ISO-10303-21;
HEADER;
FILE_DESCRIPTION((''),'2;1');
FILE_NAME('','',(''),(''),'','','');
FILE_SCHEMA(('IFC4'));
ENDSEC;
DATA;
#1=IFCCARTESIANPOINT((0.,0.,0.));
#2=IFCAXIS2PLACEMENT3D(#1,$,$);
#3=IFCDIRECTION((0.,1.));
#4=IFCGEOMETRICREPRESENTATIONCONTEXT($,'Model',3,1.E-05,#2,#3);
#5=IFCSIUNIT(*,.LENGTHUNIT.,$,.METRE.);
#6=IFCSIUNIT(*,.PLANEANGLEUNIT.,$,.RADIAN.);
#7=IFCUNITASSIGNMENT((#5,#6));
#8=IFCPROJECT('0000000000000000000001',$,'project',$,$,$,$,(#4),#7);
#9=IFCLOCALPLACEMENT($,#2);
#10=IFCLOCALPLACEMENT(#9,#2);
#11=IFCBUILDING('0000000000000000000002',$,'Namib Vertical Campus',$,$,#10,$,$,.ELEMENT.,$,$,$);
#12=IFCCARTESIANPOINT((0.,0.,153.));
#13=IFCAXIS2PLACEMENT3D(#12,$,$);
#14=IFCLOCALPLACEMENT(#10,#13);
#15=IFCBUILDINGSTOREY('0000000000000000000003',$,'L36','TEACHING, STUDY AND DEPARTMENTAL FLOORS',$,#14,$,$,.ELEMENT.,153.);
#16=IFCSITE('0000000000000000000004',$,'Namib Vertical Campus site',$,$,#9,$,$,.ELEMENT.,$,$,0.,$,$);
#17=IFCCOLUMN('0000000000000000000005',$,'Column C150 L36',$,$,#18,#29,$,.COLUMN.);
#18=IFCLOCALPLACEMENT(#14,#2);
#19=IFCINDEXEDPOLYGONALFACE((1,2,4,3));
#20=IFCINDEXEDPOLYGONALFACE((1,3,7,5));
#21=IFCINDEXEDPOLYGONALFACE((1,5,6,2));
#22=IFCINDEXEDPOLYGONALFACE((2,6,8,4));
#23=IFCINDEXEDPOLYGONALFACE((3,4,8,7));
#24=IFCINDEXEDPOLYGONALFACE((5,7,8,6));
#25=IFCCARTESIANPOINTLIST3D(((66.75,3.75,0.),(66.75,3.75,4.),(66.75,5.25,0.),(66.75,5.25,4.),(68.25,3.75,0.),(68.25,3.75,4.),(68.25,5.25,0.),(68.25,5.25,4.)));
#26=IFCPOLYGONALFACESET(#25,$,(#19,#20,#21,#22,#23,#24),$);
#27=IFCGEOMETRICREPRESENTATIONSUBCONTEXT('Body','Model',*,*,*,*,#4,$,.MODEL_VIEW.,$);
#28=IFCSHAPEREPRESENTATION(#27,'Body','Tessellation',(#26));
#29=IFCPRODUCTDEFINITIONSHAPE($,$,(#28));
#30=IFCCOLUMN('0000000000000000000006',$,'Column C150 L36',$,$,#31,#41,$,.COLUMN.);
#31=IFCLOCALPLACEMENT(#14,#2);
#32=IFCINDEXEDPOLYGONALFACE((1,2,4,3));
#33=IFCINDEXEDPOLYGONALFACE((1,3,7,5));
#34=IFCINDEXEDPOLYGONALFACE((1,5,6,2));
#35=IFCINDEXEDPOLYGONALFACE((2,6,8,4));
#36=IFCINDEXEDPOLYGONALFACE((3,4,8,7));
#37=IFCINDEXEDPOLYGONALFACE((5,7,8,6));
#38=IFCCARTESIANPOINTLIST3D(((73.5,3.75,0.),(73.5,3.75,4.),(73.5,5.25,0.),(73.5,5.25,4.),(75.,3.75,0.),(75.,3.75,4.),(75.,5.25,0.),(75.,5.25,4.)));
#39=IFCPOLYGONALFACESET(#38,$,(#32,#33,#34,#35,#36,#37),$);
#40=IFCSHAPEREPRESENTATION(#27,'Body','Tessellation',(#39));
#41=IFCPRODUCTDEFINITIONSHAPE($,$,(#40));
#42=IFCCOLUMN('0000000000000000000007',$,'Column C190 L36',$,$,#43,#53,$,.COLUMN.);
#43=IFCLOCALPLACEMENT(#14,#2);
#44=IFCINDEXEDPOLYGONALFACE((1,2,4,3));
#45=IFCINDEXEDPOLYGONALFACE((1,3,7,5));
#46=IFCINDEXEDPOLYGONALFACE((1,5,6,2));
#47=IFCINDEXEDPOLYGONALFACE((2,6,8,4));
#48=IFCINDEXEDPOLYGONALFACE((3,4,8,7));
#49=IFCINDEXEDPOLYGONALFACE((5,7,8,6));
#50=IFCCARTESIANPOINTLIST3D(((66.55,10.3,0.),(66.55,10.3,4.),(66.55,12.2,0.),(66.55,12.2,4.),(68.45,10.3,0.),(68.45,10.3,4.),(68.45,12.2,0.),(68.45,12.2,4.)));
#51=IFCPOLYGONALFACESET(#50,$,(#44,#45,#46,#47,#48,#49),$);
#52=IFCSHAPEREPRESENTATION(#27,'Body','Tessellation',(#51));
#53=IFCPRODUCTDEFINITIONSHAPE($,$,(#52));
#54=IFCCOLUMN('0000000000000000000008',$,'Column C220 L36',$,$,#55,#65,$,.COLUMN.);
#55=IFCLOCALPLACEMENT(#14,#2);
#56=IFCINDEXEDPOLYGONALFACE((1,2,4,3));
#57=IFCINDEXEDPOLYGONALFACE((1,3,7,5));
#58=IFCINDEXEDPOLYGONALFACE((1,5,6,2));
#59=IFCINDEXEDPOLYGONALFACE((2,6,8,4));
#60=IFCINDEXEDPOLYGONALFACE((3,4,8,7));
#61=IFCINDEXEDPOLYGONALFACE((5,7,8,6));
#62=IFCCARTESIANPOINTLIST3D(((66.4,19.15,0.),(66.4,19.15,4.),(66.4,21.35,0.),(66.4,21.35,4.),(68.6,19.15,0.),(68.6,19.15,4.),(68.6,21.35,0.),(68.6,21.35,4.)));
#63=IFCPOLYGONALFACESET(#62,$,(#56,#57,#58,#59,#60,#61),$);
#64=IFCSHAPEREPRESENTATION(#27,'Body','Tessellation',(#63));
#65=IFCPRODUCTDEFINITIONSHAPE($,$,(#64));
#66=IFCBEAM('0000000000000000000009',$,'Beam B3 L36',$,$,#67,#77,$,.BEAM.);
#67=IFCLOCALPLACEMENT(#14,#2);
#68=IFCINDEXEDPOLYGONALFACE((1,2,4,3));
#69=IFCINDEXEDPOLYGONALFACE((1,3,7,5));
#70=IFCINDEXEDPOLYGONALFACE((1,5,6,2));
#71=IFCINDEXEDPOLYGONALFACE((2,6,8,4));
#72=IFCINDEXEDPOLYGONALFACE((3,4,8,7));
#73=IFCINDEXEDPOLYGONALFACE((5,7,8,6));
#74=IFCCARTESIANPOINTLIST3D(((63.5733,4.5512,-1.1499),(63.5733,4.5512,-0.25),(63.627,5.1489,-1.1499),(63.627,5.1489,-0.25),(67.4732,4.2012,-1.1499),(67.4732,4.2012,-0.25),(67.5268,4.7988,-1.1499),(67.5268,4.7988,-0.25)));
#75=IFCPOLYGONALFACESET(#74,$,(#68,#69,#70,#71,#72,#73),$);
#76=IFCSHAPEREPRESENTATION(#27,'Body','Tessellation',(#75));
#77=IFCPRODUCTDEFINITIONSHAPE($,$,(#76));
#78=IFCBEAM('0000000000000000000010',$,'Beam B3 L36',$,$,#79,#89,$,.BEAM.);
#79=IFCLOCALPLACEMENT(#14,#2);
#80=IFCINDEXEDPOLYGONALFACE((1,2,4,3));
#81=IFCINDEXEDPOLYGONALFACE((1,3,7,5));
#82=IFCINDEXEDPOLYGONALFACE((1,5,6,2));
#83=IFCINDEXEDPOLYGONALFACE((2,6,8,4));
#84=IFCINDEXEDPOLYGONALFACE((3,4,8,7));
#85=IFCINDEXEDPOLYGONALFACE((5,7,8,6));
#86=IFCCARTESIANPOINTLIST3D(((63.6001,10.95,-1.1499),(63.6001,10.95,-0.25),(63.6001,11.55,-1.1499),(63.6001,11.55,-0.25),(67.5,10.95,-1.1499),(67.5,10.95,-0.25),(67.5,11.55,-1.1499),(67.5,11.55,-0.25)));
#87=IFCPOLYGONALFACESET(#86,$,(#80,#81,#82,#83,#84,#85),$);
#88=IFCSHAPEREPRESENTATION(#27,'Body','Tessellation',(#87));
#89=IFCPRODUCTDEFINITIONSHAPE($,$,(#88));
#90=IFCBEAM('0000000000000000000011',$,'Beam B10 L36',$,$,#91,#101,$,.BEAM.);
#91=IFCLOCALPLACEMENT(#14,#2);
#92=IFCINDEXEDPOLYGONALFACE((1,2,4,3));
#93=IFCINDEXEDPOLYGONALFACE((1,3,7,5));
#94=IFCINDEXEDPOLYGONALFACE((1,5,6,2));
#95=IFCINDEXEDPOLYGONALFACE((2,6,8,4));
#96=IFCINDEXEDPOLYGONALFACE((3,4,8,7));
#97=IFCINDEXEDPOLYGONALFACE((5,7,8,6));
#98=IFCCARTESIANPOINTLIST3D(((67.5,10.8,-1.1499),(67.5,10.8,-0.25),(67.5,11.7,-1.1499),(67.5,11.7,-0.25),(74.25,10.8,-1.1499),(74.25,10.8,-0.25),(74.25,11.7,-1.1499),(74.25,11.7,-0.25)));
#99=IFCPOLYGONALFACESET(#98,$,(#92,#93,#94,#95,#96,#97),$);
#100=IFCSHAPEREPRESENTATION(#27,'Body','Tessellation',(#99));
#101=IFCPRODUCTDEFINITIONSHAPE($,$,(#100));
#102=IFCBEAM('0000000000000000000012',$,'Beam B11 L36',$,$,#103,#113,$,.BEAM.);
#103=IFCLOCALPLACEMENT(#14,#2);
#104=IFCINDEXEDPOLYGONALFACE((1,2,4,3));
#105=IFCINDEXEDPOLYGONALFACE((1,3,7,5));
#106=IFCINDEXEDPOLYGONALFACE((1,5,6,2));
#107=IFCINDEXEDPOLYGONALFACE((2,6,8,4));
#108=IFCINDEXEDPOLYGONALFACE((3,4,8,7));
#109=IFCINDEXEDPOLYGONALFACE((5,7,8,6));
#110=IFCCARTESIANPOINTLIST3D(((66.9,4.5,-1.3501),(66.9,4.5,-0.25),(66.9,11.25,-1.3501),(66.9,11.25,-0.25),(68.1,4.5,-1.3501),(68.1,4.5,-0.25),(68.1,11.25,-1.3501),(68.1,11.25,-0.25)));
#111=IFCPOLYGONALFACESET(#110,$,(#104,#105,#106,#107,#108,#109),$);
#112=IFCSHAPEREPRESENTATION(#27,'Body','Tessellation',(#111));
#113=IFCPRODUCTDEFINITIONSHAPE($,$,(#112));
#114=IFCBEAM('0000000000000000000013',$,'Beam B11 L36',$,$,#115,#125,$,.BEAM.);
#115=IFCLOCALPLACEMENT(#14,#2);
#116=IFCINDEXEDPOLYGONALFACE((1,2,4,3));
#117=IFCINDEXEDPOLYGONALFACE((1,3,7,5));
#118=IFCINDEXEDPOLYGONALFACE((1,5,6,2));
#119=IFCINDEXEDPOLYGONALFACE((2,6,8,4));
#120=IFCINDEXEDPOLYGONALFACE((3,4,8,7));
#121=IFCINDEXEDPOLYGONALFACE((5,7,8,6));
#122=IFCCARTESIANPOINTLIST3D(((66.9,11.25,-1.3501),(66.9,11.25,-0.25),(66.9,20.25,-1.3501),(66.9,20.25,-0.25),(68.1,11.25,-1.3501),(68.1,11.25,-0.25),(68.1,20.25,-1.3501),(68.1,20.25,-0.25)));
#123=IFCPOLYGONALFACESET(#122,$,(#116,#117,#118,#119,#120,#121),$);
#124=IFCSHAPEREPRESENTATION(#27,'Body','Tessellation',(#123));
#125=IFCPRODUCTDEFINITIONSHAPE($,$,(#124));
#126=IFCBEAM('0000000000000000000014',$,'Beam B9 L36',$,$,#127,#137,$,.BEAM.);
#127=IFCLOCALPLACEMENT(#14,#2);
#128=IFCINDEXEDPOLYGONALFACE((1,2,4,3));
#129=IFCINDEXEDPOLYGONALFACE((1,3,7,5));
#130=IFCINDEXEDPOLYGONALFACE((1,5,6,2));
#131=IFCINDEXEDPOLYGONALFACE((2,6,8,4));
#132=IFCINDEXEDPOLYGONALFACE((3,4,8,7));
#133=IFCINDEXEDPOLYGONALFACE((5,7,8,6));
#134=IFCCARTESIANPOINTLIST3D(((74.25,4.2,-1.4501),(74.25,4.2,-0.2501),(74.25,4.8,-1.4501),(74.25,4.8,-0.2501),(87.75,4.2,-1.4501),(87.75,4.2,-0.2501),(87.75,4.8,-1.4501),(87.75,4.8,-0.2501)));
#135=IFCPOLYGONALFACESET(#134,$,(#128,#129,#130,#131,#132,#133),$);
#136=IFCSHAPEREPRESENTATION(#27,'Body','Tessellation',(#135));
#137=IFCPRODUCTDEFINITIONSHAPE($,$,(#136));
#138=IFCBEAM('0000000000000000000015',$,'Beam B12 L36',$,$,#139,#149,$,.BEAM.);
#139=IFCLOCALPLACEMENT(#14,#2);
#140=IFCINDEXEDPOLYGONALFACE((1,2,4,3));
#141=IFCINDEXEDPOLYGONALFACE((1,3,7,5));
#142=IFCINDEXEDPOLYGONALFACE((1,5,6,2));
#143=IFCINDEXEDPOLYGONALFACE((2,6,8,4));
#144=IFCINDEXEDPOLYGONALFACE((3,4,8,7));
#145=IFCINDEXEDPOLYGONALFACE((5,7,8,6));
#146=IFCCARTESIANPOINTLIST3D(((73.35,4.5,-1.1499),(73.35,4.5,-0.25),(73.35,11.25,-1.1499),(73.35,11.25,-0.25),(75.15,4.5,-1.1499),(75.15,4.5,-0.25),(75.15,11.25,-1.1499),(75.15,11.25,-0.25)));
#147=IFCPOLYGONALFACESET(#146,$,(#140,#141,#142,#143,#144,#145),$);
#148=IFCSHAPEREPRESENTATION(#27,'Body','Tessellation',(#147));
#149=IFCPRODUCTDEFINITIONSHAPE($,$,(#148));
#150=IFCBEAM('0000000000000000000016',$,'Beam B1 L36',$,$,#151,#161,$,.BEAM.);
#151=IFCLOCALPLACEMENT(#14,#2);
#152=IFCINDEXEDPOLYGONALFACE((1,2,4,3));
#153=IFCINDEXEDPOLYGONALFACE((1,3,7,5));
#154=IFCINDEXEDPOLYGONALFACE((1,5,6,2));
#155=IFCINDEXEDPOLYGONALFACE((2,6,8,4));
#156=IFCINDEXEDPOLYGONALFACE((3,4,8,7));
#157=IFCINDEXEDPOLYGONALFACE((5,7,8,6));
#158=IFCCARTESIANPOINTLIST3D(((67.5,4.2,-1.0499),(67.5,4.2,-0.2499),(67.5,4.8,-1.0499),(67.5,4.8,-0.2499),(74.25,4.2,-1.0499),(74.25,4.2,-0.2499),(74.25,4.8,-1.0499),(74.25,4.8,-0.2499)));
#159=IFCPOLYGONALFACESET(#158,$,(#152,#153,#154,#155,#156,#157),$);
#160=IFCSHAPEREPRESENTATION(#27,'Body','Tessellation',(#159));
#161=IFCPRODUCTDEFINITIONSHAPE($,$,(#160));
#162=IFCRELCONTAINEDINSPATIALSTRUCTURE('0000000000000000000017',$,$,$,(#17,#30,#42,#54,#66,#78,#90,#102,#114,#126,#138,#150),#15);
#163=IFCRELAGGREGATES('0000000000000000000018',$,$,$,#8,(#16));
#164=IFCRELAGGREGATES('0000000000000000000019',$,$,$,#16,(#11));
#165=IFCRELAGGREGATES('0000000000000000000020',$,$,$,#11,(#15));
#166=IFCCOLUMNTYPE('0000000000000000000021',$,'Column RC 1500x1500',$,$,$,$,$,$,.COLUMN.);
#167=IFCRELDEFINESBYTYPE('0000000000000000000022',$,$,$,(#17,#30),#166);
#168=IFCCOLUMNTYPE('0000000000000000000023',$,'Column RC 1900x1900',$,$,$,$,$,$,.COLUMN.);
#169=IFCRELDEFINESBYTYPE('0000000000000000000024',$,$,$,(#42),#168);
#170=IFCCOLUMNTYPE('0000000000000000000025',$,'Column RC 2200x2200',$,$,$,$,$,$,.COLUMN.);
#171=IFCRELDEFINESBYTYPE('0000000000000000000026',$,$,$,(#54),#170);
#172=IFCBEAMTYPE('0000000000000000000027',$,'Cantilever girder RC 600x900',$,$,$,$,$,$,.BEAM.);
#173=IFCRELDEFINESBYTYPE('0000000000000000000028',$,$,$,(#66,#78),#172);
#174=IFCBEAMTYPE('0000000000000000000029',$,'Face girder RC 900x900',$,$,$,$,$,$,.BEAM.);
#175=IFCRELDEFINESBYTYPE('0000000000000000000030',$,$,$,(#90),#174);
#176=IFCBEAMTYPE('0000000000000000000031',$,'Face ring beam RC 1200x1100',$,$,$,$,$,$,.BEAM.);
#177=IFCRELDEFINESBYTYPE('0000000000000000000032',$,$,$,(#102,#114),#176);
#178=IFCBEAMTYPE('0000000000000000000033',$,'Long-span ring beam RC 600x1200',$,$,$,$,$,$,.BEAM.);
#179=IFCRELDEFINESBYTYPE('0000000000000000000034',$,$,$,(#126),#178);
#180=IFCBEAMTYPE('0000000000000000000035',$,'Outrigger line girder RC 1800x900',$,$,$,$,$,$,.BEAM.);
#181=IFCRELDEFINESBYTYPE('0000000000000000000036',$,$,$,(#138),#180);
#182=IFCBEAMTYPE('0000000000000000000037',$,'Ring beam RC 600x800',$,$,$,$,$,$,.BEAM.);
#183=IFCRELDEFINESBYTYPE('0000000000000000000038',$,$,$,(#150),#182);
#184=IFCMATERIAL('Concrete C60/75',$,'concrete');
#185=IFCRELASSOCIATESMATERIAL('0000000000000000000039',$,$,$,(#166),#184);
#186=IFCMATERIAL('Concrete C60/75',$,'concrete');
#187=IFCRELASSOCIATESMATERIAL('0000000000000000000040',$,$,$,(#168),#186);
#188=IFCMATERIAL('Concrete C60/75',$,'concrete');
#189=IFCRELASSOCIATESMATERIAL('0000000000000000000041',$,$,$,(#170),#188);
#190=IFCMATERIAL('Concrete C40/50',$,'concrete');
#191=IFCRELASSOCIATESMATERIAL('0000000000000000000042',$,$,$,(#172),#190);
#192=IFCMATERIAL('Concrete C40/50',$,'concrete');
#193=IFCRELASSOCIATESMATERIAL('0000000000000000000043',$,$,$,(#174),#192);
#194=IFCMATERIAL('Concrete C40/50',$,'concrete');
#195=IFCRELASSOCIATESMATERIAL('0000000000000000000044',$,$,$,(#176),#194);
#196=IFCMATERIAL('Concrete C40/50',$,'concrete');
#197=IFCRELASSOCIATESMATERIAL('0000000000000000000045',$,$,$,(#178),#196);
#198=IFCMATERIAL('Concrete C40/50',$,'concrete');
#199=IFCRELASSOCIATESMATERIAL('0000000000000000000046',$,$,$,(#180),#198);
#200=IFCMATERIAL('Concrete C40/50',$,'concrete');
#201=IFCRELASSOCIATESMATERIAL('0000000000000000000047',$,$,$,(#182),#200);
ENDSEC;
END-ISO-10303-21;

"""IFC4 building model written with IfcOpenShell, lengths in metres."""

from ifc_helpers import new_model, si_unit, direction, frame, origin, origin_2d, place, context, subcontext, project, spatial, rectangle, extrude, material, material_profile, profile_set, type_object, element, save


model = new_model("IFC4")

# Units and contexts
model_context = context("Model", 3, precision=1e-05, world=origin(), true_north=direction((0.0, 1.0)))
body_context = subcontext(model_context, "Body", "Model", "MODEL_VIEW")
ifc_project = project(units=[si_unit("LENGTHUNIT", "METRE"), si_unit("PLANEANGLEUNIT", "RADIAN")], contexts=[model_context])

# Site, building, storey
site_placement = place(None, origin())
site = spatial("IfcSite", under=ifc_project, at=site_placement, Name="Namib Vertical Campus site", CompositionType="ELEMENT", RefElevation=0.0)
building_placement = place(site_placement, origin())
building = spatial("IfcBuilding", under=site, at=building_placement, Name="Namib Vertical Campus", CompositionType="ELEMENT")
storey_placement = place(building_placement, frame((0.0, 0.0, 153.0)))
storey = spatial("IfcBuildingStorey", under=building, at=storey_placement, Name="L36", Description="TEACHING, STUDY AND DEPARTMENTAL FLOORS", CompositionType="ELEMENT", Elevation=153.0)

# Columns
ifc_material_1 = material(Name="Concrete C60/75", Category="concrete")
ifc_material_profile_1 = material_profile(ifc_material_1, rectangle(XDim=1.5, YDim=1.5, at=origin_2d()))
ifc_profile_set_1 = profile_set([ifc_material_profile_1], Name="Concrete C60/75")
column_type_1 = type_object("IfcColumnType", Name="Column RC 1500x1500", PredefinedType="COLUMN", material=ifc_profile_set_1)
for number, where, z_axis, x_axis, name in (
    (1, (67.5, 4.5, 0.0), (0.0, 0.0, 1.0), (1.0, 0.0, 0.0), "Column C150 L36"),
    (2, (74.25, 4.5, 0.0), (0.0, 0.0, 1.0), (1.0, 0.0, 0.0), "Column C150 L36"),
):
    element("IfcColumn", number, at=place(storey_placement, frame(where, z_axis=z_axis, x_axis=x_axis)), inside=storey, type_object=column_type_1, Name=name, PredefinedType="COLUMN", context=body_context, shape_type="SweptSolid", body=[
        extrude(rectangle(XDim=1.5, YDim=1.5, at=origin_2d()), origin(), (0.0, 0.0, 1.0), 4.0),
    ])
ifc_material_2 = material(Name="Concrete C60/75", Category="concrete")
ifc_material_profile_2 = material_profile(ifc_material_2, rectangle(XDim=1.8999, YDim=1.8999, at=origin_2d()))
ifc_profile_set_2 = profile_set([ifc_material_profile_2], Name="Concrete C60/75")
column_type_2 = type_object("IfcColumnType", Name="Column RC 1900x1900", PredefinedType="COLUMN", material=ifc_profile_set_2)
column_1_placement = place(storey_placement, frame((67.5, 11.25, 0.0), z_axis=(0.0, 0.0, 1.0), x_axis=(1.0, 0.0, 0.0)))
element("IfcColumn", 3, at=column_1_placement, inside=storey, type_object=column_type_2, Name="Column C190 L36", PredefinedType="COLUMN", context=body_context, shape_type="SweptSolid", body=[
    extrude(rectangle(XDim=1.8999, YDim=1.8999, at=origin_2d()), origin(), (0.0, 0.0, 1.0), 4.0),
])
ifc_material_3 = material(Name="Concrete C60/75", Category="concrete")
ifc_material_profile_3 = material_profile(ifc_material_3, rectangle(XDim=2.2, YDim=2.2, at=origin_2d()))
ifc_profile_set_3 = profile_set([ifc_material_profile_3], Name="Concrete C60/75")
column_type_3 = type_object("IfcColumnType", Name="Column RC 2200x2200", PredefinedType="COLUMN", material=ifc_profile_set_3)
column_2_placement = place(storey_placement, frame((67.5, 20.25, 0.0), z_axis=(0.0, 0.0, 1.0), x_axis=(1.0, 0.0, 0.0)))
element("IfcColumn", 4, at=column_2_placement, inside=storey, type_object=column_type_3, Name="Column C220 L36", PredefinedType="COLUMN", context=body_context, shape_type="SweptSolid", body=[
    extrude(rectangle(XDim=2.2, YDim=2.2, at=origin_2d()), origin(), (0.0, 0.0, 1.0), 4.0),
])

# Beams
ifc_material_4 = material(Name="Concrete C40/50", Category="concrete")
ifc_material_profile_4 = material_profile(ifc_material_4, rectangle(XDim=0.6001, YDim=0.8999, at=origin_2d()))
ifc_profile_set_4 = profile_set([ifc_material_profile_4], Name="Concrete C40/50")
beam_type_1 = type_object("IfcBeamType", Name="Cantilever girder RC 600x900", PredefinedType="BEAM", material=ifc_profile_set_4)
beam_1_placement = place(storey_placement, frame((67.5, 4.5, -0.7), z_axis=(-0.995995, 0.089411, 0.0), x_axis=(-0.089411, -0.995995, 0.0)))
element("IfcBeam", 5, at=beam_1_placement, inside=storey, type_object=beam_type_1, Name="Beam B3 L36", PredefinedType="BEAM", context=body_context, shape_type="SweptSolid", body=[
    extrude(rectangle(XDim=0.6001, YDim=0.8999, at=origin_2d()), origin(), (0.0, 0.0, 1.0), 3.9155),
])
beam_2_placement = place(storey_placement, frame((67.5, 11.25, -0.7), z_axis=(-1.0, 0.0, 0.0), x_axis=(0.0, -1.0, 0.0)))
element("IfcBeam", 6, at=beam_2_placement, inside=storey, type_object=beam_type_1, Name="Beam B3 L36", PredefinedType="BEAM", context=body_context, shape_type="SweptSolid", body=[
    extrude(rectangle(XDim=0.6001, YDim=0.8999, at=origin_2d()), origin(), (0.0, 0.0, 1.0), 3.8999),
])
ifc_material_5 = material(Name="Concrete C40/50", Category="concrete")
ifc_material_profile_5 = material_profile(ifc_material_5, rectangle(XDim=0.8999, YDim=0.8999, at=origin_2d()))
ifc_profile_set_5 = profile_set([ifc_material_profile_5], Name="Concrete C40/50")
beam_type_2 = type_object("IfcBeamType", Name="Face girder RC 900x900", PredefinedType="BEAM", material=ifc_profile_set_5)
beam_3_placement = place(storey_placement, frame((67.5, 11.25, -0.7), z_axis=(1.0, 0.0, 0.0), x_axis=(0.0, 1.0, 0.0)))
element("IfcBeam", 7, at=beam_3_placement, inside=storey, type_object=beam_type_2, Name="Beam B10 L36", PredefinedType="BEAM", context=body_context, shape_type="SweptSolid", body=[
    extrude(rectangle(XDim=0.8999, YDim=0.8999, at=origin_2d()), origin(), (0.0, 0.0, 1.0), 6.75),
])
ifc_material_6 = material(Name="Concrete C40/50", Category="concrete")
ifc_material_profile_6 = material_profile(ifc_material_6, rectangle(XDim=1.2, YDim=1.1001, at=origin_2d()))
ifc_profile_set_6 = profile_set([ifc_material_profile_6], Name="Concrete C40/50")
beam_type_3 = type_object("IfcBeamType", Name="Face ring beam RC 1200x1100", PredefinedType="BEAM", material=ifc_profile_set_6)
beam_4_placement = place(storey_placement, frame((67.5, 4.5, -0.8), z_axis=(0.0, 1.0, 0.0), x_axis=(-1.0, 0.0, 0.0)))
element("IfcBeam", 8, at=beam_4_placement, inside=storey, type_object=beam_type_3, Name="Beam B11 L36", PredefinedType="BEAM", context=body_context, shape_type="SweptSolid", body=[
    extrude(rectangle(XDim=1.2, YDim=1.1001, at=origin_2d()), origin(), (0.0, 0.0, 1.0), 6.75),
])
beam_5_placement = place(storey_placement, frame((67.5, 11.25, -0.8), z_axis=(0.0, 1.0, 0.0), x_axis=(-1.0, 0.0, 0.0)))
element("IfcBeam", 9, at=beam_5_placement, inside=storey, type_object=beam_type_3, Name="Beam B11 L36", PredefinedType="BEAM", context=body_context, shape_type="SweptSolid", body=[
    extrude(rectangle(XDim=1.2, YDim=1.1001, at=origin_2d()), origin(), (0.0, 0.0, 1.0), 9.0),
])
ifc_material_7 = material(Name="Concrete C40/50", Category="concrete")
ifc_material_profile_7 = material_profile(ifc_material_7, rectangle(XDim=0.6001, YDim=1.2, at=origin_2d()))
ifc_profile_set_7 = profile_set([ifc_material_profile_7], Name="Concrete C40/50")
beam_type_4 = type_object("IfcBeamType", Name="Long-span ring beam RC 600x1200", PredefinedType="BEAM", material=ifc_profile_set_7)
beam_6_placement = place(storey_placement, frame((74.25, 4.5, -0.8501), z_axis=(1.0, 0.0, 0.0), x_axis=(0.0, 1.0, 0.0)))
element("IfcBeam", 10, at=beam_6_placement, inside=storey, type_object=beam_type_4, Name="Beam B9 L36", PredefinedType="BEAM", context=body_context, shape_type="SweptSolid", body=[
    extrude(rectangle(XDim=0.6001, YDim=1.2, at=origin_2d()), origin(), (0.0, 0.0, 1.0), 13.5),
])
ifc_material_8 = material(Name="Concrete C40/50", Category="concrete")
ifc_material_profile_8 = material_profile(ifc_material_8, rectangle(XDim=1.8, YDim=0.8999, at=origin_2d()))
ifc_profile_set_8 = profile_set([ifc_material_profile_8], Name="Concrete C40/50")
beam_type_5 = type_object("IfcBeamType", Name="Outrigger line girder RC 1800x900", PredefinedType="BEAM", material=ifc_profile_set_8)
beam_7_placement = place(storey_placement, frame((74.25, 4.5, -0.7), z_axis=(0.0, 1.0, 0.0), x_axis=(-1.0, 0.0, 0.0)))
element("IfcBeam", 11, at=beam_7_placement, inside=storey, type_object=beam_type_5, Name="Beam B12 L36", PredefinedType="BEAM", context=body_context, shape_type="SweptSolid", body=[
    extrude(rectangle(XDim=1.8, YDim=0.8999, at=origin_2d()), origin(), (0.0, 0.0, 1.0), 6.75),
])
ifc_material_9 = material(Name="Concrete C40/50", Category="concrete")
ifc_material_profile_9 = material_profile(ifc_material_9, rectangle(XDim=0.6001, YDim=0.8, at=origin_2d()))
ifc_profile_set_9 = profile_set([ifc_material_profile_9], Name="Concrete C40/50")
beam_type_6 = type_object("IfcBeamType", Name="Ring beam RC 600x800", PredefinedType="BEAM", material=ifc_profile_set_9)
beam_8_placement = place(storey_placement, frame((67.5, 4.5, -0.6499), z_axis=(1.0, 0.0, 0.0), x_axis=(0.0, 1.0, 0.0)))
element("IfcBeam", 12, at=beam_8_placement, inside=storey, type_object=beam_type_6, Name="Beam B1 L36", PredefinedType="BEAM", context=body_context, shape_type="SweptSolid", body=[
    extrude(rectangle(XDim=0.6001, YDim=0.8, at=origin_2d()), origin(), (0.0, 0.0, 1.0), 6.75),
])

save(model, "model.ifc")
